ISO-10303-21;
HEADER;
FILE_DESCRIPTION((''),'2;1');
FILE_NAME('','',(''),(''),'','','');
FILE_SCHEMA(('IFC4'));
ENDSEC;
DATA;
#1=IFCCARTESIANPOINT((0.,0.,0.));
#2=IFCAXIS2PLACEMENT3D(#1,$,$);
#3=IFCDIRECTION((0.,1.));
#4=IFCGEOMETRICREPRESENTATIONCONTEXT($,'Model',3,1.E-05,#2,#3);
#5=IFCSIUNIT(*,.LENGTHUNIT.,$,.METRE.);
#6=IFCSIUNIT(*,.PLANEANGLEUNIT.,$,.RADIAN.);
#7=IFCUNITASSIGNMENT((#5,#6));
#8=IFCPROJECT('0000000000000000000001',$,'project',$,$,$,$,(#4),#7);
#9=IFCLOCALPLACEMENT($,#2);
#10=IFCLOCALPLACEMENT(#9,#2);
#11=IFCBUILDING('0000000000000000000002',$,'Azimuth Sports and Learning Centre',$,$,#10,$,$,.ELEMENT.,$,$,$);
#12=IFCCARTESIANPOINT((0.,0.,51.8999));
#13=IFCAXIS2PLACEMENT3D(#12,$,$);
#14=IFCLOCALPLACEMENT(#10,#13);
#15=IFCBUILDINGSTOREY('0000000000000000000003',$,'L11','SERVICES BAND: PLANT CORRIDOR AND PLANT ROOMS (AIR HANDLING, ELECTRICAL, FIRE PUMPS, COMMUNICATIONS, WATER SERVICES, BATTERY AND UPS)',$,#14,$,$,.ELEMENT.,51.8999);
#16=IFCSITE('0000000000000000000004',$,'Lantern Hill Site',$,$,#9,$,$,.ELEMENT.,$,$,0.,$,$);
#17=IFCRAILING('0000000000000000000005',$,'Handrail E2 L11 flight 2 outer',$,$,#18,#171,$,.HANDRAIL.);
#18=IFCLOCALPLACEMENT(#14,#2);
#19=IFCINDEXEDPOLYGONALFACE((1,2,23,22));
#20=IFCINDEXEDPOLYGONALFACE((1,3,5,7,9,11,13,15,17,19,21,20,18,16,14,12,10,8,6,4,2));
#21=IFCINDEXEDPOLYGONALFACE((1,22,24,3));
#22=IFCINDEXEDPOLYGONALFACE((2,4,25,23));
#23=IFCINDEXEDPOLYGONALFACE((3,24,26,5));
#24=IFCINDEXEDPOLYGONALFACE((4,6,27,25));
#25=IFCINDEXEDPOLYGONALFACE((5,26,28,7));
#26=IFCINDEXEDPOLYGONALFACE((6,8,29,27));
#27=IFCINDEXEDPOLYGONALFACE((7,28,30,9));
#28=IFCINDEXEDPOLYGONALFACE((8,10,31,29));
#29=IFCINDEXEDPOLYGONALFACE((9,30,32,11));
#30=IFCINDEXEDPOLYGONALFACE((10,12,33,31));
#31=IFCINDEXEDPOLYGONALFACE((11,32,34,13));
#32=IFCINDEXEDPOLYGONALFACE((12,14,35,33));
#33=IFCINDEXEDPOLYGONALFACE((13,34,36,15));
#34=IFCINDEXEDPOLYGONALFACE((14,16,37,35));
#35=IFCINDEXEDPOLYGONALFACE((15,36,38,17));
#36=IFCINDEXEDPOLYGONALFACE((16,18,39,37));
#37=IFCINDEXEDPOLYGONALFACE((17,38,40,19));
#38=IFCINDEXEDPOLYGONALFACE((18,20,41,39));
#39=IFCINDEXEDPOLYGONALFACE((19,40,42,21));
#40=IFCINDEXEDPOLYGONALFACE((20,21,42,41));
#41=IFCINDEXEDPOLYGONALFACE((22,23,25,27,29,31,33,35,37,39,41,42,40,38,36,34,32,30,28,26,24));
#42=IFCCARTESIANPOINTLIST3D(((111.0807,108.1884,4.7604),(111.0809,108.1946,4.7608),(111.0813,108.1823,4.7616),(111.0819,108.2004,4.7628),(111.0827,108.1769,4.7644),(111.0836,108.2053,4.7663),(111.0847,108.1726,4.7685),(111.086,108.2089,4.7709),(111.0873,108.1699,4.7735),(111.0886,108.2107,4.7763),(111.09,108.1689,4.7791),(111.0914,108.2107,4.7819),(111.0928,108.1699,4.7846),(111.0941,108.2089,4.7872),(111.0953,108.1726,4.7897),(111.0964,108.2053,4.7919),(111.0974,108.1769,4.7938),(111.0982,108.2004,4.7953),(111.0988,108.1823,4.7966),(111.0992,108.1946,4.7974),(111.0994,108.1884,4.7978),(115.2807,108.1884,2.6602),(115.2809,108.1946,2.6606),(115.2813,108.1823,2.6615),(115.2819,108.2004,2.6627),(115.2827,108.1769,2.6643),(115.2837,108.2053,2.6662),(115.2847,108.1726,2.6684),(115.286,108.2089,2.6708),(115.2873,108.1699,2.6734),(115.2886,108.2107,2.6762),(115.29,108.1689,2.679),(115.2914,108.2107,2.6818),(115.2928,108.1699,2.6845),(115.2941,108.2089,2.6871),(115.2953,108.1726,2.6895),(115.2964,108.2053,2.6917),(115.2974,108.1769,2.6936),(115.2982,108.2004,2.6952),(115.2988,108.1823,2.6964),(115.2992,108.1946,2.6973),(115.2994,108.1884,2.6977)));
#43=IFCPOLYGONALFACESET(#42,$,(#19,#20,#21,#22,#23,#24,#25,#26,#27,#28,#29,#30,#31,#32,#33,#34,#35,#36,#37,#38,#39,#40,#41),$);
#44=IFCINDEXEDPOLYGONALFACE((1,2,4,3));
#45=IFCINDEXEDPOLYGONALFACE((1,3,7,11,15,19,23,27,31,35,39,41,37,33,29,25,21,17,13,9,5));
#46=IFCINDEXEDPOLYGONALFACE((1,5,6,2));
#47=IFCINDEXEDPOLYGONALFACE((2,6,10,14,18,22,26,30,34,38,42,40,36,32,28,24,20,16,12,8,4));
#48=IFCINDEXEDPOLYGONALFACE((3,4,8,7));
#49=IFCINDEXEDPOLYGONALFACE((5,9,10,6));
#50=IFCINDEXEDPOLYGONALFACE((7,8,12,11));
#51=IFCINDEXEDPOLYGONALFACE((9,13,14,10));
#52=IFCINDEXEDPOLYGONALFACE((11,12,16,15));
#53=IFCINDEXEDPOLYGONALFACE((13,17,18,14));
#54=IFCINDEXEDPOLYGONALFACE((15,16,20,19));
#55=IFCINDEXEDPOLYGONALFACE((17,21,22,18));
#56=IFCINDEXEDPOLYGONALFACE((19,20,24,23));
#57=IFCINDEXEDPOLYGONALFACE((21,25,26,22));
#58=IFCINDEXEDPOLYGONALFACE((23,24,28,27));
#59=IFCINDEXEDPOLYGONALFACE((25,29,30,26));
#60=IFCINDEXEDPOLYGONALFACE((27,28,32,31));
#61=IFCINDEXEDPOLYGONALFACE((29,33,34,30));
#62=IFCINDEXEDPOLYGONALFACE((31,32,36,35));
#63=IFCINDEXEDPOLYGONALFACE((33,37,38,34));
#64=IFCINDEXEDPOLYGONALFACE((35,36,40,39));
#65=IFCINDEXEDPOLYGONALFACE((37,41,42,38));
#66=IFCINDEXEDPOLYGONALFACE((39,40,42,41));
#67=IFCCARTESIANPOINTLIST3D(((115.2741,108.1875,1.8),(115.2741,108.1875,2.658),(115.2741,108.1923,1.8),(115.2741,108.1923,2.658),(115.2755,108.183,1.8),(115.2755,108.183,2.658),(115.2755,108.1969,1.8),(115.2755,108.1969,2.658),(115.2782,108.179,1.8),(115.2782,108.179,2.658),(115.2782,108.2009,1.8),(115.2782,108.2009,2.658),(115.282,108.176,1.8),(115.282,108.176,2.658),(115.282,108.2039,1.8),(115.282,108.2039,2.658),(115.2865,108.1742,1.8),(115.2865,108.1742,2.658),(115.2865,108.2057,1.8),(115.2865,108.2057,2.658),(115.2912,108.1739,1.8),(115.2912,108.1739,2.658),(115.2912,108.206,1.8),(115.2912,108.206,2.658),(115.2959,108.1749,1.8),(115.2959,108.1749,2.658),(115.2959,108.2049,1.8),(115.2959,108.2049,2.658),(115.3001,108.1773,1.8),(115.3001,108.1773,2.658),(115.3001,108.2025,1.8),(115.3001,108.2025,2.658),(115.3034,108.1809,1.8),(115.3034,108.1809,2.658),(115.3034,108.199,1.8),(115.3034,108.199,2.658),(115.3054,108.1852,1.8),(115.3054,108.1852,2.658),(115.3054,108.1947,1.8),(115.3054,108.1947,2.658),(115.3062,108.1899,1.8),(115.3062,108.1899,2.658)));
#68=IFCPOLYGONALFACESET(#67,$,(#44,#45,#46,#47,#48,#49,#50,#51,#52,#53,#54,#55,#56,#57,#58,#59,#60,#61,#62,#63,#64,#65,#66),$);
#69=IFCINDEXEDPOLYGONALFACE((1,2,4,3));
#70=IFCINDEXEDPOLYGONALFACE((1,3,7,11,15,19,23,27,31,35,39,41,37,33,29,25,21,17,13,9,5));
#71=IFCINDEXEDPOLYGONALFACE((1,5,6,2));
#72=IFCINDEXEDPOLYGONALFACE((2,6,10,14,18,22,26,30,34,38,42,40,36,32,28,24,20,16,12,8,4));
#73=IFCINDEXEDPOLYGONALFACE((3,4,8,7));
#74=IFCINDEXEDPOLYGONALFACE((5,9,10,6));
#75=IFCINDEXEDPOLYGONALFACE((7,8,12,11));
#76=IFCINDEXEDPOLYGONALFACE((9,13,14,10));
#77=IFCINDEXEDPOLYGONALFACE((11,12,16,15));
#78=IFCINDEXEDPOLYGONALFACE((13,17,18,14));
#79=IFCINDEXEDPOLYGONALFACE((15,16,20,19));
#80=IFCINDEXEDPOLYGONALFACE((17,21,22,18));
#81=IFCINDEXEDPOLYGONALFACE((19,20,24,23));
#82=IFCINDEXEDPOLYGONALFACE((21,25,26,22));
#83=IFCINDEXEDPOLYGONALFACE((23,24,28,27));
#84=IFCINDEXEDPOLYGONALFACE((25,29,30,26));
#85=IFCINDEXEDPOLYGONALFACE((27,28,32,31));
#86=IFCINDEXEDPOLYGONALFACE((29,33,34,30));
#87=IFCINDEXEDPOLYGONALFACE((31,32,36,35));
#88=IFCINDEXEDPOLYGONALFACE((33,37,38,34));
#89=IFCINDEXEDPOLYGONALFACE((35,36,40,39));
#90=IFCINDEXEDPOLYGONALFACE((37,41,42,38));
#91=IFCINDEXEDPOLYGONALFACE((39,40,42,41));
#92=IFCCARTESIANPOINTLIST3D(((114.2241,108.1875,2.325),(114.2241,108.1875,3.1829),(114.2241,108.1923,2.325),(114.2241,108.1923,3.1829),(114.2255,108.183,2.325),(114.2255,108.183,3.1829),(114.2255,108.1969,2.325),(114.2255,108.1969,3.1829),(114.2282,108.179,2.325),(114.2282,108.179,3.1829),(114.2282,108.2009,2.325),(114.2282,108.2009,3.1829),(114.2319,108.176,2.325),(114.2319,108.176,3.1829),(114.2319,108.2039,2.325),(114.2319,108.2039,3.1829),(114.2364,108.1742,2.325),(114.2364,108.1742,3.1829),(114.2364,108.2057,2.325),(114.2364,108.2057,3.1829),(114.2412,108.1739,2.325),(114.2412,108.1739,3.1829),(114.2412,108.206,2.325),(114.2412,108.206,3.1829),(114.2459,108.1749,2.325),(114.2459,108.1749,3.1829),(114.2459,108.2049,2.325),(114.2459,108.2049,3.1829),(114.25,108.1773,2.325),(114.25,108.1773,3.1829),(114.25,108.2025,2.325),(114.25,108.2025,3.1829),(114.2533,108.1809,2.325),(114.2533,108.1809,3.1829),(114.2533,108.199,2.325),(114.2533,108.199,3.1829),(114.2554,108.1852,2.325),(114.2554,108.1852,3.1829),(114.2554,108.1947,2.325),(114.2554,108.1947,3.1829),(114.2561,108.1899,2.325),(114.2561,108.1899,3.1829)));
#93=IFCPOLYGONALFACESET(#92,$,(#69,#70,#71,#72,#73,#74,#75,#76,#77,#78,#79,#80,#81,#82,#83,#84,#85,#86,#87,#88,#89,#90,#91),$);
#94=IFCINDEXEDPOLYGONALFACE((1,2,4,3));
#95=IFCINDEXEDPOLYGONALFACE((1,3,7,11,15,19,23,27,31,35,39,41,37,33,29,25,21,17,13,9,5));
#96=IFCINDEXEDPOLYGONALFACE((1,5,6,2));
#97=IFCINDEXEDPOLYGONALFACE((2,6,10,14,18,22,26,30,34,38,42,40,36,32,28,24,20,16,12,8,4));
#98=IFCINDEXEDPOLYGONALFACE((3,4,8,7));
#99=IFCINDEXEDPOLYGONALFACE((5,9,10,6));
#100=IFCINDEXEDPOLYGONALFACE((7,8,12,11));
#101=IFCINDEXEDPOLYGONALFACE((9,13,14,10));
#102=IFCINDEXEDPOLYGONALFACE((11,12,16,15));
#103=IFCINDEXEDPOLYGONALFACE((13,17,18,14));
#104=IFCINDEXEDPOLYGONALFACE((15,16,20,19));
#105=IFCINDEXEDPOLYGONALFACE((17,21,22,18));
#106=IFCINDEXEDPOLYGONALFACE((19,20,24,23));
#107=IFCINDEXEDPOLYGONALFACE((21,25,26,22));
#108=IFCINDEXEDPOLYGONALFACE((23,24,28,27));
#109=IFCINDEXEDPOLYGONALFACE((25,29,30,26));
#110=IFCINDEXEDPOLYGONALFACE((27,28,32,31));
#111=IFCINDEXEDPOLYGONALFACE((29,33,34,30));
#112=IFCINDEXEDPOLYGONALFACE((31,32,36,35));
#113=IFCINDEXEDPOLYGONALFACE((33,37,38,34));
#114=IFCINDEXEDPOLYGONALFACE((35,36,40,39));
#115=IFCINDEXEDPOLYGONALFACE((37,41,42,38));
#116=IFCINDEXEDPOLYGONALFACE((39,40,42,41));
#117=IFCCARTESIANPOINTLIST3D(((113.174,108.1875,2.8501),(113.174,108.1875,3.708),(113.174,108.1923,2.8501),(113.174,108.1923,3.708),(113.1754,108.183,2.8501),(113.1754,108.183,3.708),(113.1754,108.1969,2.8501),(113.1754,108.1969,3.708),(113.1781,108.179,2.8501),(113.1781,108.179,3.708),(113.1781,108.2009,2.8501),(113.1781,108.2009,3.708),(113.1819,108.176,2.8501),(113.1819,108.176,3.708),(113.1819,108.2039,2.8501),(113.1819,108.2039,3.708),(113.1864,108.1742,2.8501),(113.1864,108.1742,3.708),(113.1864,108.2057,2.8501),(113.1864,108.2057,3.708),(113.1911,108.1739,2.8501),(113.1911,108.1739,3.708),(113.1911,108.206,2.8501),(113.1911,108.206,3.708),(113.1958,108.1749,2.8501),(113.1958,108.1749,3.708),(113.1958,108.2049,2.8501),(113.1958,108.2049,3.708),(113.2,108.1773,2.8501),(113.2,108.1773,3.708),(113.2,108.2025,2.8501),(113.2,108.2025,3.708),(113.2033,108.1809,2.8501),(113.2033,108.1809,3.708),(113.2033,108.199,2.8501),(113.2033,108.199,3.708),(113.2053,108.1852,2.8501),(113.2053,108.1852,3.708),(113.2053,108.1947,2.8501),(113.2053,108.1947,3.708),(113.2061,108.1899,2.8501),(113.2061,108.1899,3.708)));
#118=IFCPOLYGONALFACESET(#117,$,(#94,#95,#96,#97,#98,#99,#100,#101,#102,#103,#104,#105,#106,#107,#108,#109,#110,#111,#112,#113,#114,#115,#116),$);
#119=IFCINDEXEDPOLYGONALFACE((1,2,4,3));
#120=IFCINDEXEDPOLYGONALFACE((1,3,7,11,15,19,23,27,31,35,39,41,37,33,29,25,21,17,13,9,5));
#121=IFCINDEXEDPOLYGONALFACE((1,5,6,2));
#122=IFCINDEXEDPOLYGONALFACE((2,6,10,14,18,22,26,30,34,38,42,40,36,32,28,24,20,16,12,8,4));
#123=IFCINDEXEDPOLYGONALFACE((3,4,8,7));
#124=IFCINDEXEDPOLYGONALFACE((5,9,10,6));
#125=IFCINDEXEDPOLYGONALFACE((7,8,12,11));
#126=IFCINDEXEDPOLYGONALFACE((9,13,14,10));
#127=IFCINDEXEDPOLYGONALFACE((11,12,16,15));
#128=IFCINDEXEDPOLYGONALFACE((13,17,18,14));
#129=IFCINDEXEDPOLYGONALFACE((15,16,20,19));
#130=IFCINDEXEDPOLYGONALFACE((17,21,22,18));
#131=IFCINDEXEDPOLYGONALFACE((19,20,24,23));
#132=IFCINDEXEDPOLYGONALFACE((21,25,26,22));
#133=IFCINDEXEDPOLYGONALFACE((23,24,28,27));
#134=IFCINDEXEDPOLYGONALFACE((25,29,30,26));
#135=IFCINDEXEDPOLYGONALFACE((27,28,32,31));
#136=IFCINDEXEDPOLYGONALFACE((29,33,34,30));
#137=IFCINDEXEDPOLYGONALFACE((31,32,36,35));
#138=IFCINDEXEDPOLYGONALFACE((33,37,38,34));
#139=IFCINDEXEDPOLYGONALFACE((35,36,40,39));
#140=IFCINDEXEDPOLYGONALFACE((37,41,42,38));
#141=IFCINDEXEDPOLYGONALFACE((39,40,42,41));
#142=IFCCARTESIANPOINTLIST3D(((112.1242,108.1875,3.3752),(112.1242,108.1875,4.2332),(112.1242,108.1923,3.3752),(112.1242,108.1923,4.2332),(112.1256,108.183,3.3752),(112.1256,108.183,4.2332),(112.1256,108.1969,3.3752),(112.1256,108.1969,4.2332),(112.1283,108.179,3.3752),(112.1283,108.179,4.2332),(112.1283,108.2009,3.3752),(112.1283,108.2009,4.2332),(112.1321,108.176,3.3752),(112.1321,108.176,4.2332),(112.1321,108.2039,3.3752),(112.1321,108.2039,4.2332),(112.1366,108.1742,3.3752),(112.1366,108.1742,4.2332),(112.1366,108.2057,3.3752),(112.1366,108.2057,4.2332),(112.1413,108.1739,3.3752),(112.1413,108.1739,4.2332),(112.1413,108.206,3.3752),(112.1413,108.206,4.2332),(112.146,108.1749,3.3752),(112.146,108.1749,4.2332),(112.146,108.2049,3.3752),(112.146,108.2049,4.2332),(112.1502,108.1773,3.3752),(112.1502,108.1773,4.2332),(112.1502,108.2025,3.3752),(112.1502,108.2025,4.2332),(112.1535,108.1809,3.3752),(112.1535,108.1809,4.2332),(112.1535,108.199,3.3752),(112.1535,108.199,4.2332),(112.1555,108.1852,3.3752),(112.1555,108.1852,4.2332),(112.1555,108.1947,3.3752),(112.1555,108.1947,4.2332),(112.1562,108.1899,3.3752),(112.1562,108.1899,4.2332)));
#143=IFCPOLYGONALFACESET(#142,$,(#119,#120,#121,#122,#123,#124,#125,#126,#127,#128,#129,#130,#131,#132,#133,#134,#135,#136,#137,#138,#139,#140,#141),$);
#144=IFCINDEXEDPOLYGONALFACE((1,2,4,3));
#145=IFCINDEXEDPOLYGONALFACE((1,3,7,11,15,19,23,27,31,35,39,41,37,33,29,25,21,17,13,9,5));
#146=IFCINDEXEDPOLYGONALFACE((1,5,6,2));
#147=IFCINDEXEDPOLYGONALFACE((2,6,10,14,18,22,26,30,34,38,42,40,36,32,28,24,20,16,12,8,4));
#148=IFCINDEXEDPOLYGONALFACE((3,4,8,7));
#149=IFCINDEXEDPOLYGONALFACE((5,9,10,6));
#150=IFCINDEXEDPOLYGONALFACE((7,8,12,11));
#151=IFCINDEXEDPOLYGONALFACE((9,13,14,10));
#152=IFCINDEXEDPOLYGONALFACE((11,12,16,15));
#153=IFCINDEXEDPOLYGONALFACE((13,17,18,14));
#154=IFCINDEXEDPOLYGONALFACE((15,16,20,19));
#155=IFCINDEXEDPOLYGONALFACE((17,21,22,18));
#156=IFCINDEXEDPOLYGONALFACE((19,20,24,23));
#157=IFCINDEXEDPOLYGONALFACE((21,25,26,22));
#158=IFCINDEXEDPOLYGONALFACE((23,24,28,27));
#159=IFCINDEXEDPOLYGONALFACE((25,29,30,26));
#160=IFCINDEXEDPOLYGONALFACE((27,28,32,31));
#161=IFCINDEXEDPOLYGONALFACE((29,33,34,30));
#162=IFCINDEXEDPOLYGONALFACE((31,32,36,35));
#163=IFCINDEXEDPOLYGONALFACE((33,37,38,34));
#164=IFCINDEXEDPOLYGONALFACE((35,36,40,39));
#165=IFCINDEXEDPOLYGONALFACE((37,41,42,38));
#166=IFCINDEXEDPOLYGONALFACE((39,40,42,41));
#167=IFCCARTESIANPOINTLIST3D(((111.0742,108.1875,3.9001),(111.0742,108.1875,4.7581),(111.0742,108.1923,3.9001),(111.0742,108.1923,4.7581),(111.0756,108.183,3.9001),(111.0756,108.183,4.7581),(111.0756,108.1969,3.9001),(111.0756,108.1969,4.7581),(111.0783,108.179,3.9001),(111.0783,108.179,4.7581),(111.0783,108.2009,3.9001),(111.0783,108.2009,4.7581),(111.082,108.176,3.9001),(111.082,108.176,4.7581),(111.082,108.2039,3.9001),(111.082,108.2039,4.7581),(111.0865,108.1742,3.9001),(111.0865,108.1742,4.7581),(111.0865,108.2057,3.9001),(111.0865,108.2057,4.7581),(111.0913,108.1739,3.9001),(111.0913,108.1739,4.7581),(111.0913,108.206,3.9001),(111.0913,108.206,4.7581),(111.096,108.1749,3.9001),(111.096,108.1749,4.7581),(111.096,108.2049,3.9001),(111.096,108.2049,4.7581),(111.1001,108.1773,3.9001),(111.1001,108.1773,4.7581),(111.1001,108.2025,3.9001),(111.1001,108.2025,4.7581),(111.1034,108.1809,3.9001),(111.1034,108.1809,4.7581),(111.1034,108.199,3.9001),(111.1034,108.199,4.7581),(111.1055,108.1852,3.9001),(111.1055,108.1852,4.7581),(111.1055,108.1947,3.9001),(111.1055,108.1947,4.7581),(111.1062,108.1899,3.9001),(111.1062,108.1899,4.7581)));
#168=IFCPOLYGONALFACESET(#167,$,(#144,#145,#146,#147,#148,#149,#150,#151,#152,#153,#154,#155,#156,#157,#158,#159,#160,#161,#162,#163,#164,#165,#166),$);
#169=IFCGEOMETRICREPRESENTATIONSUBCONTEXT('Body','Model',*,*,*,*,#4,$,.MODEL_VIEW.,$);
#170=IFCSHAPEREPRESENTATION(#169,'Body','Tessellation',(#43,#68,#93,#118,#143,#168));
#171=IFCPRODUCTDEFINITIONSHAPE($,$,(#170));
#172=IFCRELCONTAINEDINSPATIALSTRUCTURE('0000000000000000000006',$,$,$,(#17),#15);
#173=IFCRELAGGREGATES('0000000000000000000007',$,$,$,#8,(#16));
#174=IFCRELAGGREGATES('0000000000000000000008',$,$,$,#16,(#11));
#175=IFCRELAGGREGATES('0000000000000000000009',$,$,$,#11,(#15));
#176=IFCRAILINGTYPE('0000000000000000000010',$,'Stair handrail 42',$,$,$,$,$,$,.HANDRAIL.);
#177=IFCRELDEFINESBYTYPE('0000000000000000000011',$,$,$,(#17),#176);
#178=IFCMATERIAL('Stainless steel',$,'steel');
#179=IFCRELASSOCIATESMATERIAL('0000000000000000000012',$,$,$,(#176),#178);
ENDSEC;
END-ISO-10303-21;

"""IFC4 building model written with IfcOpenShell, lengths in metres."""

from ifc_helpers import new_model, si_unit, direction, frame, origin, origin_2d, place, context, subcontext, project, spatial, circle, extrude, material, type_object, element, save


model = new_model("IFC4")

# Units and contexts
model_context = context("Model", 3, precision=1e-05, world=origin(), true_north=direction((0.0, 1.0)))
body_context = subcontext(model_context, "Body", "Model", "MODEL_VIEW")
ifc_project = project(units=[si_unit("LENGTHUNIT", "METRE"), si_unit("PLANEANGLEUNIT", "RADIAN")], contexts=[model_context])

# Site, building, storey
site_placement = place(None, origin())
site = spatial("IfcSite", under=ifc_project, at=site_placement, Name="Lantern Hill Site", CompositionType="ELEMENT", RefElevation=0.0)
building_placement = place(site_placement, origin())
building = spatial("IfcBuilding", under=site, at=building_placement, Name="Azimuth Sports and Learning Centre", CompositionType="ELEMENT")
storey_placement = place(building_placement, frame((0.0, 0.0, 51.8999)))
storey = spatial("IfcBuildingStorey", under=building, at=storey_placement, Name="L11", Description="SERVICES BAND: PLANT CORRIDOR AND PLANT ROOMS (AIR HANDLING, ELECTRICAL, FIRE PUMPS, COMMUNICATIONS, WATER SERVICES, BATTERY AND UPS)", CompositionType="ELEMENT", Elevation=51.8999)

# Railing
ifc_material_1 = material(Name="Stainless steel", Category="steel")
railing_type_1 = type_object("IfcRailingType", Name="Stair handrail 42", PredefinedType="HANDRAIL", material=ifc_material_1)
for number, where, name in (
    (1, (115.29, 108.1899, 1.8), "Handrail E2 L11 flight 2 outer"),
):
    element("IfcRailing", number, at=place(storey_placement, frame(where)), inside=storey, type_object=railing_type_1, Name=name, PredefinedType="HANDRAIL", context=body_context, shape_type="SweptSolid", body=[
        extrude(circle(Radius=0.021, at=origin_2d()), frame((0.0, 0.0, 0.8789), z_axis=(-0.894417, 0.0, 0.447234), x_axis=(0.0, -1.0, 0.0)), (0.0, 0.0, 1.0), 4.6958),
        extrude(circle(Radius=0.0161, at=origin_2d()), origin(), (0.0, 0.0, 1.0), 0.8579),
        extrude(circle(Radius=0.0161, at=origin_2d()), frame((-1.05, 0.0, 0.5249)), (0.0, 0.0, 1.0), 0.8579),
        extrude(circle(Radius=0.0161, at=origin_2d()), frame((-2.1001, 0.0, 1.05)), (0.0, 0.0, 1.0), 0.8579),
        extrude(circle(Radius=0.0161, at=origin_2d()), frame((-3.1499, 0.0, 1.5752)), (0.0, 0.0, 1.0), 0.8579),
        extrude(circle(Radius=0.0161, at=origin_2d()), frame((-4.2, 0.0, 2.1001)), (0.0, 0.0, 1.0), 0.8579),
    ])

save(model, "model.ifc")
